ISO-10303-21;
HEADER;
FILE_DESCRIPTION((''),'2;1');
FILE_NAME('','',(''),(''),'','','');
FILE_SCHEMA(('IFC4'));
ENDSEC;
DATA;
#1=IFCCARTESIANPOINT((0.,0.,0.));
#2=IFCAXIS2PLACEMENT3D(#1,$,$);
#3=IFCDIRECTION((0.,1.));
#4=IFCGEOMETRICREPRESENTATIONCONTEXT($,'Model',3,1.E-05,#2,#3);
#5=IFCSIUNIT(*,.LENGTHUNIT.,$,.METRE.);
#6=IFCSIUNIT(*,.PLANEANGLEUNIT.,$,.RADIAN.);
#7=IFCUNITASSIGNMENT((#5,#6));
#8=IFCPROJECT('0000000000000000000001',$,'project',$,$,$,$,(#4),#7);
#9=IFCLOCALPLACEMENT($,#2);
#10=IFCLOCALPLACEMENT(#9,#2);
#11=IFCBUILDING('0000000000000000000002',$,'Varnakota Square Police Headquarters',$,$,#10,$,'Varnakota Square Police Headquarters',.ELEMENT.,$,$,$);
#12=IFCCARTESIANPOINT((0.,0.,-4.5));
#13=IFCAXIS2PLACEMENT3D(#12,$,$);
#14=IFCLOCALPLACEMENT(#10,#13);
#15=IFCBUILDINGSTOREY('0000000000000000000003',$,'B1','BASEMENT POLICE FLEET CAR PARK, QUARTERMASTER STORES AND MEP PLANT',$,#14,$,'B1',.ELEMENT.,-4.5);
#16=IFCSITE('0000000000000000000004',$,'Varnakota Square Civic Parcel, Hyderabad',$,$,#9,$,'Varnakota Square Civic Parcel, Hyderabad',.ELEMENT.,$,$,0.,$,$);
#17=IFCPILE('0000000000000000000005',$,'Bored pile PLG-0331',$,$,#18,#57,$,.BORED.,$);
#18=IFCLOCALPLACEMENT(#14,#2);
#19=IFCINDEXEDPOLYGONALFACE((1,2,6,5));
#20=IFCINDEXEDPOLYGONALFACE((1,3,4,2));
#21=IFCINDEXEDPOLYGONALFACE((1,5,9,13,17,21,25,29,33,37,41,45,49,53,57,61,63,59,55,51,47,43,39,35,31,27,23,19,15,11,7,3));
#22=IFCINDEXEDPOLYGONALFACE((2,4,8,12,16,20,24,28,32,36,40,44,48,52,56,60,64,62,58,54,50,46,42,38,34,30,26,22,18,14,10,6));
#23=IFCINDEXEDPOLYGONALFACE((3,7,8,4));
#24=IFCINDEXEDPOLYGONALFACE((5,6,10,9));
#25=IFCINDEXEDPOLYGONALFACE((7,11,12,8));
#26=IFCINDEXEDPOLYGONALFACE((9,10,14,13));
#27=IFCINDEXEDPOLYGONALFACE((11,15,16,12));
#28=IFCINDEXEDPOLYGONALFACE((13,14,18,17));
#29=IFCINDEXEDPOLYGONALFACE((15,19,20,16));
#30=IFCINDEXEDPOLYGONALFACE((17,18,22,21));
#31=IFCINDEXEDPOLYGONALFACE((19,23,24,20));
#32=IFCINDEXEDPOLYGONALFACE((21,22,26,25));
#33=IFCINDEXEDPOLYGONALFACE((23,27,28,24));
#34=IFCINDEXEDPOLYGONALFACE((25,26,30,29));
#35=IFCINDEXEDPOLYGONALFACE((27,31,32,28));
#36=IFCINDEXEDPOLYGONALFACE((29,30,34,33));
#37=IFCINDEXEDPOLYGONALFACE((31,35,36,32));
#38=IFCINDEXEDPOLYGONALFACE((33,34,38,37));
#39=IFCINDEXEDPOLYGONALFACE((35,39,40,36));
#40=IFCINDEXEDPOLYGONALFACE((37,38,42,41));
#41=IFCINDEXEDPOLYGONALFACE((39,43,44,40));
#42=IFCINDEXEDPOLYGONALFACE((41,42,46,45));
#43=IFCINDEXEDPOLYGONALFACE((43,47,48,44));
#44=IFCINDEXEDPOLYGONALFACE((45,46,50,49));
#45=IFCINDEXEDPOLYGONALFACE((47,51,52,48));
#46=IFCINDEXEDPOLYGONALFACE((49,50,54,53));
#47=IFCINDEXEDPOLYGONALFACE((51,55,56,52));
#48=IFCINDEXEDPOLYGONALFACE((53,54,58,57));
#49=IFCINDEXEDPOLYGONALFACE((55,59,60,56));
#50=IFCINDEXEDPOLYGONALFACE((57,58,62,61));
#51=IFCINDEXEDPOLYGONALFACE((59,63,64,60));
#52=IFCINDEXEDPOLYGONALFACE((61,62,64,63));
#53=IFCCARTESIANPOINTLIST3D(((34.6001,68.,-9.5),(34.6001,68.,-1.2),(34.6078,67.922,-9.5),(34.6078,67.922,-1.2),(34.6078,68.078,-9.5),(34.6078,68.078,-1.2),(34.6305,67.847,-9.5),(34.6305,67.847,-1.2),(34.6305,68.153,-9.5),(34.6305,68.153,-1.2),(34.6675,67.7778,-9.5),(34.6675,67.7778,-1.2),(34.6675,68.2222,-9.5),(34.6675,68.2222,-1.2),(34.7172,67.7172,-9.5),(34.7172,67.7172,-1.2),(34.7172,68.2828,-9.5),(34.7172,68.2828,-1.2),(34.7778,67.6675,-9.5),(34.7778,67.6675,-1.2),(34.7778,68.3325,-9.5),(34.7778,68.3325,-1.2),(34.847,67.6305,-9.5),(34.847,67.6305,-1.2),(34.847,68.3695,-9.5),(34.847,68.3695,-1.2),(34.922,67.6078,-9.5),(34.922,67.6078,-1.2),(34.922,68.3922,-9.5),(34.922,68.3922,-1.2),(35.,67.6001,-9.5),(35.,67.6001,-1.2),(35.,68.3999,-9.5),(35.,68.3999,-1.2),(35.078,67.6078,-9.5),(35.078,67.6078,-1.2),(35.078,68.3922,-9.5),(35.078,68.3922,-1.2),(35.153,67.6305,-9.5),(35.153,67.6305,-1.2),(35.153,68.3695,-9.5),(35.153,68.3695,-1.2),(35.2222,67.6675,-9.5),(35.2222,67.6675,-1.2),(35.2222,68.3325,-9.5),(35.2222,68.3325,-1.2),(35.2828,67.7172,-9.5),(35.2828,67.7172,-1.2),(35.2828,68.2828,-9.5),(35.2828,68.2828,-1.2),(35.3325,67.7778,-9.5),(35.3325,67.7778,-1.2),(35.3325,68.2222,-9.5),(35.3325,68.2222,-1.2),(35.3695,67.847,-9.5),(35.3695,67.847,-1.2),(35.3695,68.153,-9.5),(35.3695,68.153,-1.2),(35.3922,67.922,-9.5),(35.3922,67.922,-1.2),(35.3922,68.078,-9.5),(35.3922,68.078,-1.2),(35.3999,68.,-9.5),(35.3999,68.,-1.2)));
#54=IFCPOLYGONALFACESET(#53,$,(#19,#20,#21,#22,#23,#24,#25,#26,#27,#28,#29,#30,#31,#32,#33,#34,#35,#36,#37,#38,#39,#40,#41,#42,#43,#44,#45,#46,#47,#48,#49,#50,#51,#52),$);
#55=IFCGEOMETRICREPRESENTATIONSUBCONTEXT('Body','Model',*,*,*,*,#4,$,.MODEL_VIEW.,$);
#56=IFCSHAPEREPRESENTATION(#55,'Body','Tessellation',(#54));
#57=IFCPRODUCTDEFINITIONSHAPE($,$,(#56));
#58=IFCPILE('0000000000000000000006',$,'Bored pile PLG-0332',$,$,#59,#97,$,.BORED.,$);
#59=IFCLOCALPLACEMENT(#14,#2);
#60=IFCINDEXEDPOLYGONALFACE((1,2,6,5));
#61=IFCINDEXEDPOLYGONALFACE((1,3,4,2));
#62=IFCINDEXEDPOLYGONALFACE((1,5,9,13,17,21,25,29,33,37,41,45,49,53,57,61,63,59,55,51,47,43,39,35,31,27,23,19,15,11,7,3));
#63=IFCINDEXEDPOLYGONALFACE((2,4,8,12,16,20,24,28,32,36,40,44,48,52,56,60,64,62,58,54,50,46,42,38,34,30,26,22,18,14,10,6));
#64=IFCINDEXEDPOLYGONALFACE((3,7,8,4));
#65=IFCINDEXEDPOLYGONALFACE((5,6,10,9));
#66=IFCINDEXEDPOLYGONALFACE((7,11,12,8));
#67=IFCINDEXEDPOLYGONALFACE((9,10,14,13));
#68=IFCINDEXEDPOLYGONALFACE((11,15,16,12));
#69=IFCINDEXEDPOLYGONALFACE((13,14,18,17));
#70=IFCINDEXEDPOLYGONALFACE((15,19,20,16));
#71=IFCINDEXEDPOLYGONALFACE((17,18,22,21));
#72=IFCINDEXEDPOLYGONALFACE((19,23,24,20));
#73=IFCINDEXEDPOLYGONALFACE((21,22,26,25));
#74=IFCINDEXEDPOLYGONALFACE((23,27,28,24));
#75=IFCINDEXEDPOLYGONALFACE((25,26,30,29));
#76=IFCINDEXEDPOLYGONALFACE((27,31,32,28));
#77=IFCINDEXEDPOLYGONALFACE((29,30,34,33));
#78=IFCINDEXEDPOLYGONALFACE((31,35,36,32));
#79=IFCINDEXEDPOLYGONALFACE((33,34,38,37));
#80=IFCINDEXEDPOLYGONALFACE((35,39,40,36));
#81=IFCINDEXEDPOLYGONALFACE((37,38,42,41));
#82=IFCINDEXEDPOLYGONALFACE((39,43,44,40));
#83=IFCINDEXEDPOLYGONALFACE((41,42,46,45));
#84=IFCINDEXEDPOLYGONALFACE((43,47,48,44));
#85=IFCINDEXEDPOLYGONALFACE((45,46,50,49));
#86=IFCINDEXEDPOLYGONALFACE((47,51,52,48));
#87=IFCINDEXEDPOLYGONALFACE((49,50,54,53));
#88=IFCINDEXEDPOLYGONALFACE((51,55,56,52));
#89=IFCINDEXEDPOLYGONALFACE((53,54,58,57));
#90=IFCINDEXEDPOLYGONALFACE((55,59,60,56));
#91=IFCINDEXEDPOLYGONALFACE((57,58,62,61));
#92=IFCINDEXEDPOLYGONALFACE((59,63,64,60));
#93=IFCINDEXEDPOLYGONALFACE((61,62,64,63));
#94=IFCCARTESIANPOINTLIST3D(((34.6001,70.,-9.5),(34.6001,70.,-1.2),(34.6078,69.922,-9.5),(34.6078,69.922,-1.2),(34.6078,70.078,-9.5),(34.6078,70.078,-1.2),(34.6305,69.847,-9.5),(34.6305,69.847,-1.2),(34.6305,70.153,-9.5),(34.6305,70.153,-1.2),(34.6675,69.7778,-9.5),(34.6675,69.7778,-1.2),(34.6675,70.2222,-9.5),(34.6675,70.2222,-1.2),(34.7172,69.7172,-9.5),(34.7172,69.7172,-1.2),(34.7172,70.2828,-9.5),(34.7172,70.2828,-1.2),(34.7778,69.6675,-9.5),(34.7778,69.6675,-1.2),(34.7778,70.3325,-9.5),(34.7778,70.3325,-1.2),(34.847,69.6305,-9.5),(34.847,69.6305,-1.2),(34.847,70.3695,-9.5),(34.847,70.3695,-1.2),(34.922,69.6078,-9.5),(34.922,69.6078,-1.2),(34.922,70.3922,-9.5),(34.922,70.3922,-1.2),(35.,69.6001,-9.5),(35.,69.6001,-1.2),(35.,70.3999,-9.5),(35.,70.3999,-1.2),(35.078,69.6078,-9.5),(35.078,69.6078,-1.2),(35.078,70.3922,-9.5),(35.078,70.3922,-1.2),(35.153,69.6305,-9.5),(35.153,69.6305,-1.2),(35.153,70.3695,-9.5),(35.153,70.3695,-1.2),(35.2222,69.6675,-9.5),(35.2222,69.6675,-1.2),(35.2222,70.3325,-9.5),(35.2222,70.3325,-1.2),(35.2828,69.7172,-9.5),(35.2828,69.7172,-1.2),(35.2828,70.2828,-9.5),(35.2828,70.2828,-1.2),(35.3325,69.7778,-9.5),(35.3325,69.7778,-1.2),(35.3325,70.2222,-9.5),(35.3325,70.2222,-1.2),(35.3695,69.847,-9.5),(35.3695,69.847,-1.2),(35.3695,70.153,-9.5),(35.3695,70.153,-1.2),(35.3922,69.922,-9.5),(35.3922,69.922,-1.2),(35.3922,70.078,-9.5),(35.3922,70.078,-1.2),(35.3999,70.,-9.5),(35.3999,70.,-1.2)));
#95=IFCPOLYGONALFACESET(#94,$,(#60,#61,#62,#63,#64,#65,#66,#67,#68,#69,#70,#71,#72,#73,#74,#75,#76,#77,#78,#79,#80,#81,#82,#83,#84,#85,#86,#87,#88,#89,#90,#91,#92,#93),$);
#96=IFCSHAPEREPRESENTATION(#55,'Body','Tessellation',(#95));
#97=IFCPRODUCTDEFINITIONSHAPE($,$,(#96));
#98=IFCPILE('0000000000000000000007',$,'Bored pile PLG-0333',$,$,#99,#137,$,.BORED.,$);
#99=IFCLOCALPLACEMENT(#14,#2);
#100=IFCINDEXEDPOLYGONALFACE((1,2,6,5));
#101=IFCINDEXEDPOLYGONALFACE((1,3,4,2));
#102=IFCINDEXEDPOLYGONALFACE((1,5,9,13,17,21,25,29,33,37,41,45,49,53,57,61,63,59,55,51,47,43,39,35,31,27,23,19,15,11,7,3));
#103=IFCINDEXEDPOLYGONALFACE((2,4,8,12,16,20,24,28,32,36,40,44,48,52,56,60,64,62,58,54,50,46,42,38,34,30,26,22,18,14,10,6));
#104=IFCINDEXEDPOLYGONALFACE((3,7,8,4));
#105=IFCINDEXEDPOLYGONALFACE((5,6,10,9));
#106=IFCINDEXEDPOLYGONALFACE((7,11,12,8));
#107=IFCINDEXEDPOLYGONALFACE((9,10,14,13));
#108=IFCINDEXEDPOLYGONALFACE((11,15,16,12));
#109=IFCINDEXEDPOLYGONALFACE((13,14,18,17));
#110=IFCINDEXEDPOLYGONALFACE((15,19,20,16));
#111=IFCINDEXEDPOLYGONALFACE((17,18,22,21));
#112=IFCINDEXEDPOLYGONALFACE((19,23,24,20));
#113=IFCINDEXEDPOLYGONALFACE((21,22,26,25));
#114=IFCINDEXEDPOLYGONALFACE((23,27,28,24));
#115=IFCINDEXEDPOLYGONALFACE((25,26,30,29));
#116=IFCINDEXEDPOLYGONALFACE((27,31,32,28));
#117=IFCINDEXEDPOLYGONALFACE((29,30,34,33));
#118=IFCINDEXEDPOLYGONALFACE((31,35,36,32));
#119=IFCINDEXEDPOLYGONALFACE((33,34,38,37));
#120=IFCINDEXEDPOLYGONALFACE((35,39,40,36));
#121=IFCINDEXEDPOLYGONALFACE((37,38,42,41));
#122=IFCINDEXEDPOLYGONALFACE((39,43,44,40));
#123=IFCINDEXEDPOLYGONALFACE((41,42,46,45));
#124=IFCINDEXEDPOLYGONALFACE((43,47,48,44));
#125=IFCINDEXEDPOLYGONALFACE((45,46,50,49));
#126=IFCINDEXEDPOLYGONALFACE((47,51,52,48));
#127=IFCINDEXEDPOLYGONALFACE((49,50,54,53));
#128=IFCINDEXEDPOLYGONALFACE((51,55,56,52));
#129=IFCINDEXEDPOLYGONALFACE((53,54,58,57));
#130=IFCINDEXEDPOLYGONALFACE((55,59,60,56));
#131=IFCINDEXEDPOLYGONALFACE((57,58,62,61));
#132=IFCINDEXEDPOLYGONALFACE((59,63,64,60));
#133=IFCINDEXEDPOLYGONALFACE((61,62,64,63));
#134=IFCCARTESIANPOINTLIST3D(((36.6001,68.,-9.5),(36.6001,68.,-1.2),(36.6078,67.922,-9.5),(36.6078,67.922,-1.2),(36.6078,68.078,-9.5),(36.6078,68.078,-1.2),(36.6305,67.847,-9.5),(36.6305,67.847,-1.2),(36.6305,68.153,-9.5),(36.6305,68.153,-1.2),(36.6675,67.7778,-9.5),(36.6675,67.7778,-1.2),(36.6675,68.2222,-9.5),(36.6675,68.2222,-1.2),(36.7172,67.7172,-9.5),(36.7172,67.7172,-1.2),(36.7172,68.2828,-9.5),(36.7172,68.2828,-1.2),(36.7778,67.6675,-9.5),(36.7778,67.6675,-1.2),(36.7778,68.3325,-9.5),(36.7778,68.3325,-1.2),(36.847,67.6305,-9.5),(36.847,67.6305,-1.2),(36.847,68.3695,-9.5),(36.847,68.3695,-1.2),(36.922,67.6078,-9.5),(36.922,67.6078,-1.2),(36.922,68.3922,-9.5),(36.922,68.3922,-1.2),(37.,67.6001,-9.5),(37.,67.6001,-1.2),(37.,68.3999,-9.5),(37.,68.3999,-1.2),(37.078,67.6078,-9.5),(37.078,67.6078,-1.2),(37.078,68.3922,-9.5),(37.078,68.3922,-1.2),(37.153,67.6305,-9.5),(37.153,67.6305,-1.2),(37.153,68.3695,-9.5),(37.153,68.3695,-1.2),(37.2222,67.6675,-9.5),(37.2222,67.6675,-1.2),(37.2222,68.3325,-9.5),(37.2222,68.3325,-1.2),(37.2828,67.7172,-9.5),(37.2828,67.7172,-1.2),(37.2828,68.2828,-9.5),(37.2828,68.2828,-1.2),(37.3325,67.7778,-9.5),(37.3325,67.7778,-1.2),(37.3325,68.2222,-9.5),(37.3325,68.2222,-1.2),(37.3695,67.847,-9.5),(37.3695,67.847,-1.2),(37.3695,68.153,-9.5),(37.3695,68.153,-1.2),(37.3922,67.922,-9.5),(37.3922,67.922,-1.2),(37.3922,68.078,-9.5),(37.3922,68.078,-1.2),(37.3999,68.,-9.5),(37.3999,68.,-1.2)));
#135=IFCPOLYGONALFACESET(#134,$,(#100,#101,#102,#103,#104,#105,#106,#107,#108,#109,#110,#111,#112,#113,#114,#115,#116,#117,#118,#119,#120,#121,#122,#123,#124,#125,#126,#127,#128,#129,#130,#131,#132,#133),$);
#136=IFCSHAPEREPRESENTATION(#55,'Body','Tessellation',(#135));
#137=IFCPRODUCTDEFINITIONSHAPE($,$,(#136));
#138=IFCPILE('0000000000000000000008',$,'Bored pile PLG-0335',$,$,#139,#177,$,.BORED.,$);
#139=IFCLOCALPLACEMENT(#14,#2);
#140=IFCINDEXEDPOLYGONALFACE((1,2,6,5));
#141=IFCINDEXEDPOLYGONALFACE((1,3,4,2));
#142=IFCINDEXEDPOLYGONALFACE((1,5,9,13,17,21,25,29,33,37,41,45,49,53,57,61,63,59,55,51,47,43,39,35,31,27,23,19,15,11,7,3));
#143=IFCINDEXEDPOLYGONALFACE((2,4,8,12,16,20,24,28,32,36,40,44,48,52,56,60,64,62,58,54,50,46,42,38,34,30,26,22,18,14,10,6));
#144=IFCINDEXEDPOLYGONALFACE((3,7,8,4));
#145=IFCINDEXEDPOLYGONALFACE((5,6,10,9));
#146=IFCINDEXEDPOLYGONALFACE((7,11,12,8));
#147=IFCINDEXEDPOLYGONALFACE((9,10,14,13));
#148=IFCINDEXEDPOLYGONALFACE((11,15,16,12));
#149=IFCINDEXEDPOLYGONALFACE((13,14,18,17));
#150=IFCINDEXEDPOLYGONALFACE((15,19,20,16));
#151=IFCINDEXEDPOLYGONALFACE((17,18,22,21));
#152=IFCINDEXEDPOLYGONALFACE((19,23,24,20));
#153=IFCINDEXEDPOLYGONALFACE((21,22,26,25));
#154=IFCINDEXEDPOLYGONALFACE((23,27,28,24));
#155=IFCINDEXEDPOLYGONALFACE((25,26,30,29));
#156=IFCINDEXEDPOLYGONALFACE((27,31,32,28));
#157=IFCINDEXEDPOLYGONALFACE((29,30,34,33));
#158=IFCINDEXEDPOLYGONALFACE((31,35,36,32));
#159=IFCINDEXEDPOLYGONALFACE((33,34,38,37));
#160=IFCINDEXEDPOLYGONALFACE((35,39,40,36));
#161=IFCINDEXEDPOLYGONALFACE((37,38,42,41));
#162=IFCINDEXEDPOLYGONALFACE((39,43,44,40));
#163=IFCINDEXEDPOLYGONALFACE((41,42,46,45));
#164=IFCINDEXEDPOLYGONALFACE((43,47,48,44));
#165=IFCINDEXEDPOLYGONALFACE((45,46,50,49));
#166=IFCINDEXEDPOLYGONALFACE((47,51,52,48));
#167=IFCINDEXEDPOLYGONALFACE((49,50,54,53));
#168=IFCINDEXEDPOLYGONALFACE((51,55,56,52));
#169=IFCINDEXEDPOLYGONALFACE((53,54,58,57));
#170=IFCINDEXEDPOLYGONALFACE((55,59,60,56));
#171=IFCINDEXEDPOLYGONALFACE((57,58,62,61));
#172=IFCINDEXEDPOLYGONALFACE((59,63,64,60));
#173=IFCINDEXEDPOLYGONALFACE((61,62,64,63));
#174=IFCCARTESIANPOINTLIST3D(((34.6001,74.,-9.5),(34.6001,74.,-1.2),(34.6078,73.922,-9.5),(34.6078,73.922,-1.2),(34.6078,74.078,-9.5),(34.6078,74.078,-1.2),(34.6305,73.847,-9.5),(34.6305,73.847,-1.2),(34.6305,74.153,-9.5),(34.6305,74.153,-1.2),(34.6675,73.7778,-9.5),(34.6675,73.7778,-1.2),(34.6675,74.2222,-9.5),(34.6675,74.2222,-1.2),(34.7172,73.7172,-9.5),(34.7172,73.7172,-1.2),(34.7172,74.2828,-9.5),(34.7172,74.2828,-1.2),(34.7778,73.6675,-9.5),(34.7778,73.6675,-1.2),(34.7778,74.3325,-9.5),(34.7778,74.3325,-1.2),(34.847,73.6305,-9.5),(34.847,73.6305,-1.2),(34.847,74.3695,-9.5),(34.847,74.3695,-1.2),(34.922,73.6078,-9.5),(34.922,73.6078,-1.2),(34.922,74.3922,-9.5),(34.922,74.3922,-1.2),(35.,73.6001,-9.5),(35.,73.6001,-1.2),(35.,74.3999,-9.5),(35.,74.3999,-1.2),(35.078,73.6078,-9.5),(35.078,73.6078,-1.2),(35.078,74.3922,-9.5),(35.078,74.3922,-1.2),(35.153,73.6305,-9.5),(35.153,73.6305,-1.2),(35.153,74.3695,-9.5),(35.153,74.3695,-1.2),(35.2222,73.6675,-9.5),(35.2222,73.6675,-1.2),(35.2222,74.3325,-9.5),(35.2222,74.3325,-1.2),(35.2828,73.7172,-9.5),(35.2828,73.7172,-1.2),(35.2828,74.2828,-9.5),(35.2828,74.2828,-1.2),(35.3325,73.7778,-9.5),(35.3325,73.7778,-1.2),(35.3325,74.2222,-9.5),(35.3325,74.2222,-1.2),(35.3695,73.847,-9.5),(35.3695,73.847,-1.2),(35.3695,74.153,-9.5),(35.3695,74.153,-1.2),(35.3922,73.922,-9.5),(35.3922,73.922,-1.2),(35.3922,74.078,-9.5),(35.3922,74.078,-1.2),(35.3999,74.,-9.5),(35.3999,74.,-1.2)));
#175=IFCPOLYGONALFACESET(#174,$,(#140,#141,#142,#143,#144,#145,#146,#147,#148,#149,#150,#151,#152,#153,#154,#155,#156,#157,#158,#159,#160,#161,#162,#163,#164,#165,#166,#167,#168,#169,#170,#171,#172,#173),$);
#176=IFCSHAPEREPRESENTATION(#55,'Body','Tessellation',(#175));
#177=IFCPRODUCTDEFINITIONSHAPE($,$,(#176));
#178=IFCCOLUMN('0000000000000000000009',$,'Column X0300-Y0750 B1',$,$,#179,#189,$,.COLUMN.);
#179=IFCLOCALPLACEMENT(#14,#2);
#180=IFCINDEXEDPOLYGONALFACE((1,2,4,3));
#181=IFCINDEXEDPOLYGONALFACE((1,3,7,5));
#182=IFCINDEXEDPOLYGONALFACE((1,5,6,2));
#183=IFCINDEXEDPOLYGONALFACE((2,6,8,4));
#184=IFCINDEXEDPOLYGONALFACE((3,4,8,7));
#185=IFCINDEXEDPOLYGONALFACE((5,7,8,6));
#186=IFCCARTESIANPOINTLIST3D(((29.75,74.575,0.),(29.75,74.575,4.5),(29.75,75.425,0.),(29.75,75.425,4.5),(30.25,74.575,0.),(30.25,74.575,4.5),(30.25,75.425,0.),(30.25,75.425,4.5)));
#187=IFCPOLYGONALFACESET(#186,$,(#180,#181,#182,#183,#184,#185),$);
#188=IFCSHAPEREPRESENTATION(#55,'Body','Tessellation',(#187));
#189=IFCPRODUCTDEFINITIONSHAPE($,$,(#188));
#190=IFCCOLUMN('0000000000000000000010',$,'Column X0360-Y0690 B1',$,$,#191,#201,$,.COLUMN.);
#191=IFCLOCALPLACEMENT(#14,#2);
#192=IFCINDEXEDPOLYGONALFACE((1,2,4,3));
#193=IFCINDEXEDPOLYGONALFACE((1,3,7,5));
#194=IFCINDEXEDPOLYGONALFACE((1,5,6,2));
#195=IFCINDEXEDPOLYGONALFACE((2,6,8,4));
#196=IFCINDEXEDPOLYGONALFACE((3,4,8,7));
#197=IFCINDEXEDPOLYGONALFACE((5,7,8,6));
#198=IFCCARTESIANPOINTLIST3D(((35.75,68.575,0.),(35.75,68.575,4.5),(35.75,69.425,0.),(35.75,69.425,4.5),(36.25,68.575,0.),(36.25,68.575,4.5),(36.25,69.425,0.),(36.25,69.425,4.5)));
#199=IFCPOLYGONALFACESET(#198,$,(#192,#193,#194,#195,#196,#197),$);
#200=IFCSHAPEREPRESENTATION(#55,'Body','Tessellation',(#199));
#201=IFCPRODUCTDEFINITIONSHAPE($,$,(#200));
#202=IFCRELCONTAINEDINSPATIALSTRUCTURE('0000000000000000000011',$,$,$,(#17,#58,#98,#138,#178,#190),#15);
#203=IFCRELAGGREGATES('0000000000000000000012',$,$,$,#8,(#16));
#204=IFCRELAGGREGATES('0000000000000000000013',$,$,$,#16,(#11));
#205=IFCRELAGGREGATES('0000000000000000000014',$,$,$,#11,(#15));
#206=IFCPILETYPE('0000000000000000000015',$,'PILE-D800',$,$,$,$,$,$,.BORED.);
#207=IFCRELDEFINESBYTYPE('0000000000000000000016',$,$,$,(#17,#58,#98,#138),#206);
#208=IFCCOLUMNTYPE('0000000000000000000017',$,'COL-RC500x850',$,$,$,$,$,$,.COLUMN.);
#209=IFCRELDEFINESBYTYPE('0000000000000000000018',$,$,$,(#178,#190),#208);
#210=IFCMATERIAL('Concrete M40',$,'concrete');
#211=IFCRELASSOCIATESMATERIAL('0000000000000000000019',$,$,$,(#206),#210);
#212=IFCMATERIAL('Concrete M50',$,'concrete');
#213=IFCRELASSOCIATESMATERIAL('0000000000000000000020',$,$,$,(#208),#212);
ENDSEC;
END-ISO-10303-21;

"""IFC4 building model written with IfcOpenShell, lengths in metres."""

from ifc_helpers import new_model, si_unit, direction, frame, origin, origin_2d, place, context, subcontext, project, spatial, rectangle, circle, extrude, material, material_profile, profile_set, type_object, element, save


model = new_model("IFC4")

# Units and contexts
model_context = context("Model", 3, precision=1e-05, world=origin(), true_north=direction((0.0, 1.0)))
body_context = subcontext(model_context, "Body", "Model", "MODEL_VIEW")
ifc_project = project(units=[si_unit("LENGTHUNIT", "METRE"), si_unit("PLANEANGLEUNIT", "RADIAN")], contexts=[model_context])

# Site, building, storey
site_placement = place(None, origin())
site = spatial("IfcSite", under=ifc_project, at=site_placement, Name="Varnakota Square Civic Parcel, Hyderabad", LongName="Varnakota Square Civic Parcel, Hyderabad", CompositionType="ELEMENT", RefElevation=0.0)
building_placement = place(site_placement, origin())
building = spatial("IfcBuilding", under=site, at=building_placement, Name="Varnakota Square Police Headquarters", LongName="Varnakota Square Police Headquarters", CompositionType="ELEMENT")
storey_placement = place(building_placement, frame((0.0, 0.0, -4.5)))
storey = spatial("IfcBuildingStorey", under=building, at=storey_placement, Name="B1", Description="BASEMENT POLICE FLEET CAR PARK, QUARTERMASTER STORES AND MEP PLANT", LongName="B1", CompositionType="ELEMENT", Elevation=-4.5)

# Shared definitions
ifc_material_1 = material(Name="Concrete M40", Category="concrete")

# Piles
ifc_material_profile_1 = material_profile(ifc_material_1, circle(Radius=0.3999, at=origin_2d()), Name="BORED PILE 800")
ifc_profile_set_1 = profile_set([ifc_material_profile_1], Name="Concrete M40")
pile_type = type_object("IfcPileType", Name="PILE-D800", PredefinedType="BORED", material=ifc_profile_set_1)
for number, where, z_axis, x_axis, name in (
    (1, (35.0, 68.0, -1.2), (0.0, 0.0, -1.0), (1.0, 0.0, 0.0), "Bored pile PLG-0331"),
    (2, (35.0, 70.0, -1.2), (0.0, 0.0, -1.0), (1.0, 0.0, 0.0), "Bored pile PLG-0332"),
    (3, (37.0, 68.0, -1.2), (0.0, 0.0, -1.0), (1.0, 0.0, 0.0), "Bored pile PLG-0333"),
    (4, (35.0, 74.0, -1.2), (0.0, 0.0, -1.0), (1.0, 0.0, 0.0), "Bored pile PLG-0335"),
):
    element("IfcPile", number, at=place(storey_placement, frame(where, z_axis=z_axis, x_axis=x_axis)), inside=storey, type_object=pile_type, Name=name, PredefinedType="BORED", context=body_context, shape_type="SweptSolid", body=[
        extrude(circle(Radius=0.3999, at=origin_2d()), origin(), (0.0, 0.0, 1.0), 8.3),
    ])

# Columns
ifc_material_2 = material(Name="Concrete M50", Category="concrete")
ifc_material_profile_2 = material_profile(ifc_material_2, rectangle(XDim=0.5, YDim=0.8501, at=origin_2d()), Name="RC 500x850")
ifc_profile_set_2 = profile_set([ifc_material_profile_2], Name="Concrete M50")
column_type = type_object("IfcColumnType", Name="COL-RC500x850", PredefinedType="COLUMN", material=ifc_profile_set_2)
for number, where, z_axis, x_axis, name in (
    (5, (30.0, 75.0, 0.0), (0.0, 0.0, 1.0), (1.0, 0.0, 0.0), "Column X0300-Y0750 B1"),
    (6, (36.0, 69.0, 0.0), (0.0, 0.0, 1.0), (1.0, 0.0, 0.0), "Column X0360-Y0690 B1"),
):
    element("IfcColumn", number, at=place(storey_placement, frame(where, z_axis=z_axis, x_axis=x_axis)), inside=storey, type_object=column_type, Name=name, PredefinedType="COLUMN", context=body_context, shape_type="SweptSolid", body=[
        extrude(rectangle(XDim=0.5, YDim=0.8501, at=origin_2d()), origin(), (0.0, 0.0, 1.0), 4.5),
    ])

save(model, "model.ifc")
